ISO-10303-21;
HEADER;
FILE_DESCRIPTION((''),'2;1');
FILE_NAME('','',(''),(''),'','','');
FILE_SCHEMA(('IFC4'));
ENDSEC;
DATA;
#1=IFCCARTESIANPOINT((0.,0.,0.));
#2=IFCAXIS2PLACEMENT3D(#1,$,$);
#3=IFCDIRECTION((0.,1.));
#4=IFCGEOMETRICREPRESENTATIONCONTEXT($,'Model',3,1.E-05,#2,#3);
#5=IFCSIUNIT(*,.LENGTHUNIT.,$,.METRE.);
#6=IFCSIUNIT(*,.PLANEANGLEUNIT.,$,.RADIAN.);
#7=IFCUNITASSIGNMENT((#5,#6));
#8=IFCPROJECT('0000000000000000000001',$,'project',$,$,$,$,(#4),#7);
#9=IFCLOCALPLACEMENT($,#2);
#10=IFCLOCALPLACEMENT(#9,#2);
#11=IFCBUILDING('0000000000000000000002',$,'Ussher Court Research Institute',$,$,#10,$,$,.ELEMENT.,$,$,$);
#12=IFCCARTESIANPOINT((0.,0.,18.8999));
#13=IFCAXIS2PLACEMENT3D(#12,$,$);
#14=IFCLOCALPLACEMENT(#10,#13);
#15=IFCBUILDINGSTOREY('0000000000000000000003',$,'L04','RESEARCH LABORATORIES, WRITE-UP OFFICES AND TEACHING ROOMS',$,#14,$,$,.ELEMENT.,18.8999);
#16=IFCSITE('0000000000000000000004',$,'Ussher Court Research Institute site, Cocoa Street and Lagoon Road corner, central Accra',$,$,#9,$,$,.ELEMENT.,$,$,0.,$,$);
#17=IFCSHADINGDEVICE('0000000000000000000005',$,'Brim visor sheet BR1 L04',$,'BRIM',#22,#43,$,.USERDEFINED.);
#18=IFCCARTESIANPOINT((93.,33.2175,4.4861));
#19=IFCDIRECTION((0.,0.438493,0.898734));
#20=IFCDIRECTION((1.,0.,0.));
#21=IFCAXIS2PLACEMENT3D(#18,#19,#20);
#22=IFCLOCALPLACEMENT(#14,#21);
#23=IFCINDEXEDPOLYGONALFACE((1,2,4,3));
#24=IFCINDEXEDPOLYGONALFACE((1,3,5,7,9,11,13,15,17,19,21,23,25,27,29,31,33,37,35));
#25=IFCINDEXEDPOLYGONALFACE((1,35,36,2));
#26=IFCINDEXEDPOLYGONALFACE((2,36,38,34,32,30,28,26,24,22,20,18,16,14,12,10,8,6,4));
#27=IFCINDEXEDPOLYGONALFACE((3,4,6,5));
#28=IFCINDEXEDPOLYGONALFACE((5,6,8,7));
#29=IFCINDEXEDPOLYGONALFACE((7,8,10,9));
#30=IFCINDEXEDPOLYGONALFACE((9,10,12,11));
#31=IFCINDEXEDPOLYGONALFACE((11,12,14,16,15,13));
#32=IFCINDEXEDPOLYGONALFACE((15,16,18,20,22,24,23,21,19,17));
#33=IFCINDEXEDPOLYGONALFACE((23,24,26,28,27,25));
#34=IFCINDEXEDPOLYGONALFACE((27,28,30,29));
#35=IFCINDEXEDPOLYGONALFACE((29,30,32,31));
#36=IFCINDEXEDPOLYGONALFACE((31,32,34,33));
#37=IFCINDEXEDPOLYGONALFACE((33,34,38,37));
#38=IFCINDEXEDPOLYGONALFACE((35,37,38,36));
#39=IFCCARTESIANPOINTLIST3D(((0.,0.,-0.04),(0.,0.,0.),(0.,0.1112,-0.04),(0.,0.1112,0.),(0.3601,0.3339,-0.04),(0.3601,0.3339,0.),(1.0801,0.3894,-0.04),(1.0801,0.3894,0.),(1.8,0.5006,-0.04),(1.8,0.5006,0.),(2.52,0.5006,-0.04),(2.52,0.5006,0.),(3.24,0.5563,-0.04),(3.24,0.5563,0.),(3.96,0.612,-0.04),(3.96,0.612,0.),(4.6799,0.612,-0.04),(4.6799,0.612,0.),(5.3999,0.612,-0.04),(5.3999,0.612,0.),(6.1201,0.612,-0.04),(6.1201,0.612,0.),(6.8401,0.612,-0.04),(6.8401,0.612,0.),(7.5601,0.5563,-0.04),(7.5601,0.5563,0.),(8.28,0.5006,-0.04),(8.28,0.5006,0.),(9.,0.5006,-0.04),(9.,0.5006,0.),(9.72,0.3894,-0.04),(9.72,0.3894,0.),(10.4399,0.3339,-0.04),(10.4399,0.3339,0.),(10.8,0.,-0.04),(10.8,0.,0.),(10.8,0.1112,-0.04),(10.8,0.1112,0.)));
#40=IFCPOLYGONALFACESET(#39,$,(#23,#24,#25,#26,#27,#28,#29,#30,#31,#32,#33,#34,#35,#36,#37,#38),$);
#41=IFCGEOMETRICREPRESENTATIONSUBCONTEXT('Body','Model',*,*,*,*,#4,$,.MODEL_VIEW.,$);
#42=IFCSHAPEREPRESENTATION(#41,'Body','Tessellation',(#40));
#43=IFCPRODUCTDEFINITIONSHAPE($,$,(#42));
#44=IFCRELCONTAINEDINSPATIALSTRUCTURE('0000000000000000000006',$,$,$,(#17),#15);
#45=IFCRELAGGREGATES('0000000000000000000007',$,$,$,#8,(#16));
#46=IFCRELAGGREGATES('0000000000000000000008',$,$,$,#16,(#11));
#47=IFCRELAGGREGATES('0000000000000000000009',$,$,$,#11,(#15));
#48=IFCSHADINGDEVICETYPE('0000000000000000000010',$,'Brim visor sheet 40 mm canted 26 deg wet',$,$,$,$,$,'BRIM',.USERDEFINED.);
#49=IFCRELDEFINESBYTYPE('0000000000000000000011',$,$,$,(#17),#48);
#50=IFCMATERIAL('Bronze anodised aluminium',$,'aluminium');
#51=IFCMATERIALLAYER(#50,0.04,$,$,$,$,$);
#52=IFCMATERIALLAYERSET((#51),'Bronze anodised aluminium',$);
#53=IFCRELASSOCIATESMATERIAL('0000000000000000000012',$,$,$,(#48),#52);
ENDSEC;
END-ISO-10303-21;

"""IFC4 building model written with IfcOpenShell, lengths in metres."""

from ifc_helpers import new_model, si_unit, direction, frame, origin, place, context, subcontext, project, spatial, polyline, outline, extrude, material, layer, layer_set, type_object, element, save


model = new_model("IFC4")

# Units and contexts
model_context = context("Model", 3, precision=1e-05, world=origin(), true_north=direction((0.0, 1.0)))
body_context = subcontext(model_context, "Body", "Model", "MODEL_VIEW")
ifc_project = project(units=[si_unit("LENGTHUNIT", "METRE"), si_unit("PLANEANGLEUNIT", "RADIAN")], contexts=[model_context])

# Site, building, storey
site_placement = place(None, origin())
site = spatial("IfcSite", under=ifc_project, at=site_placement, Name="Ussher Court Research Institute site, Cocoa Street and Lagoon Road corner, central Accra", CompositionType="ELEMENT", RefElevation=0.0)
building_placement = place(site_placement, origin())
building = spatial("IfcBuilding", under=site, at=building_placement, Name="Ussher Court Research Institute", CompositionType="ELEMENT")
storey_placement = place(building_placement, frame((0.0, 0.0, 18.8999)))
storey = spatial("IfcBuildingStorey", under=building, at=storey_placement, Name="L04", Description="RESEARCH LABORATORIES, WRITE-UP OFFICES AND TEACHING ROOMS", CompositionType="ELEMENT", Elevation=18.8999)

# Shading device
ifc_material_1 = material(Name="Bronze anodised aluminium", Category="aluminium")
ifc_layer_1 = layer(ifc_material_1, 0.04)
ifc_layer_set_1 = layer_set([ifc_layer_1], Name="Bronze anodised aluminium")
shading_device_type_1 = type_object("IfcShadingDeviceType", Name="Brim visor sheet 40 mm canted 26 deg wet", ElementType="BRIM", PredefinedType="USERDEFINED", material=ifc_layer_set_1)
shading_device_placement = place(storey_placement, frame((93.0, 33.2175, 4.4861), z_axis=(0.0, 0.438493, 0.898734), x_axis=(1.0, 0.0, 0.0)))
element("IfcShadingDevice", 1, at=shading_device_placement, inside=storey, type_object=shading_device_type_1, Name="Brim visor sheet BR1 L04", ObjectType="BRIM", PredefinedType="USERDEFINED", context=body_context, shape_type="SweptSolid", body=[
    extrude(outline(polyline([(0.0, 0.0), (10.8, 0.0), (10.8, 0.1112), (10.4399, 0.3339), (9.72, 0.3894), (9.0, 0.5006), (8.28, 0.5006), (7.5601, 0.5563), (6.8401, 0.612), (6.1201, 0.612), (5.3999, 0.612), (4.6799, 0.612), (3.96, 0.612), (3.24, 0.5563), (2.52, 0.5006), (1.8, 0.5006), (1.0801, 0.3894), (0.3601, 0.3339), (0.0, 0.1112), (0.0, 0.0)])), origin(), (0.0, 0.0, -1.0), 0.04),
])

save(model, "model.ifc")
